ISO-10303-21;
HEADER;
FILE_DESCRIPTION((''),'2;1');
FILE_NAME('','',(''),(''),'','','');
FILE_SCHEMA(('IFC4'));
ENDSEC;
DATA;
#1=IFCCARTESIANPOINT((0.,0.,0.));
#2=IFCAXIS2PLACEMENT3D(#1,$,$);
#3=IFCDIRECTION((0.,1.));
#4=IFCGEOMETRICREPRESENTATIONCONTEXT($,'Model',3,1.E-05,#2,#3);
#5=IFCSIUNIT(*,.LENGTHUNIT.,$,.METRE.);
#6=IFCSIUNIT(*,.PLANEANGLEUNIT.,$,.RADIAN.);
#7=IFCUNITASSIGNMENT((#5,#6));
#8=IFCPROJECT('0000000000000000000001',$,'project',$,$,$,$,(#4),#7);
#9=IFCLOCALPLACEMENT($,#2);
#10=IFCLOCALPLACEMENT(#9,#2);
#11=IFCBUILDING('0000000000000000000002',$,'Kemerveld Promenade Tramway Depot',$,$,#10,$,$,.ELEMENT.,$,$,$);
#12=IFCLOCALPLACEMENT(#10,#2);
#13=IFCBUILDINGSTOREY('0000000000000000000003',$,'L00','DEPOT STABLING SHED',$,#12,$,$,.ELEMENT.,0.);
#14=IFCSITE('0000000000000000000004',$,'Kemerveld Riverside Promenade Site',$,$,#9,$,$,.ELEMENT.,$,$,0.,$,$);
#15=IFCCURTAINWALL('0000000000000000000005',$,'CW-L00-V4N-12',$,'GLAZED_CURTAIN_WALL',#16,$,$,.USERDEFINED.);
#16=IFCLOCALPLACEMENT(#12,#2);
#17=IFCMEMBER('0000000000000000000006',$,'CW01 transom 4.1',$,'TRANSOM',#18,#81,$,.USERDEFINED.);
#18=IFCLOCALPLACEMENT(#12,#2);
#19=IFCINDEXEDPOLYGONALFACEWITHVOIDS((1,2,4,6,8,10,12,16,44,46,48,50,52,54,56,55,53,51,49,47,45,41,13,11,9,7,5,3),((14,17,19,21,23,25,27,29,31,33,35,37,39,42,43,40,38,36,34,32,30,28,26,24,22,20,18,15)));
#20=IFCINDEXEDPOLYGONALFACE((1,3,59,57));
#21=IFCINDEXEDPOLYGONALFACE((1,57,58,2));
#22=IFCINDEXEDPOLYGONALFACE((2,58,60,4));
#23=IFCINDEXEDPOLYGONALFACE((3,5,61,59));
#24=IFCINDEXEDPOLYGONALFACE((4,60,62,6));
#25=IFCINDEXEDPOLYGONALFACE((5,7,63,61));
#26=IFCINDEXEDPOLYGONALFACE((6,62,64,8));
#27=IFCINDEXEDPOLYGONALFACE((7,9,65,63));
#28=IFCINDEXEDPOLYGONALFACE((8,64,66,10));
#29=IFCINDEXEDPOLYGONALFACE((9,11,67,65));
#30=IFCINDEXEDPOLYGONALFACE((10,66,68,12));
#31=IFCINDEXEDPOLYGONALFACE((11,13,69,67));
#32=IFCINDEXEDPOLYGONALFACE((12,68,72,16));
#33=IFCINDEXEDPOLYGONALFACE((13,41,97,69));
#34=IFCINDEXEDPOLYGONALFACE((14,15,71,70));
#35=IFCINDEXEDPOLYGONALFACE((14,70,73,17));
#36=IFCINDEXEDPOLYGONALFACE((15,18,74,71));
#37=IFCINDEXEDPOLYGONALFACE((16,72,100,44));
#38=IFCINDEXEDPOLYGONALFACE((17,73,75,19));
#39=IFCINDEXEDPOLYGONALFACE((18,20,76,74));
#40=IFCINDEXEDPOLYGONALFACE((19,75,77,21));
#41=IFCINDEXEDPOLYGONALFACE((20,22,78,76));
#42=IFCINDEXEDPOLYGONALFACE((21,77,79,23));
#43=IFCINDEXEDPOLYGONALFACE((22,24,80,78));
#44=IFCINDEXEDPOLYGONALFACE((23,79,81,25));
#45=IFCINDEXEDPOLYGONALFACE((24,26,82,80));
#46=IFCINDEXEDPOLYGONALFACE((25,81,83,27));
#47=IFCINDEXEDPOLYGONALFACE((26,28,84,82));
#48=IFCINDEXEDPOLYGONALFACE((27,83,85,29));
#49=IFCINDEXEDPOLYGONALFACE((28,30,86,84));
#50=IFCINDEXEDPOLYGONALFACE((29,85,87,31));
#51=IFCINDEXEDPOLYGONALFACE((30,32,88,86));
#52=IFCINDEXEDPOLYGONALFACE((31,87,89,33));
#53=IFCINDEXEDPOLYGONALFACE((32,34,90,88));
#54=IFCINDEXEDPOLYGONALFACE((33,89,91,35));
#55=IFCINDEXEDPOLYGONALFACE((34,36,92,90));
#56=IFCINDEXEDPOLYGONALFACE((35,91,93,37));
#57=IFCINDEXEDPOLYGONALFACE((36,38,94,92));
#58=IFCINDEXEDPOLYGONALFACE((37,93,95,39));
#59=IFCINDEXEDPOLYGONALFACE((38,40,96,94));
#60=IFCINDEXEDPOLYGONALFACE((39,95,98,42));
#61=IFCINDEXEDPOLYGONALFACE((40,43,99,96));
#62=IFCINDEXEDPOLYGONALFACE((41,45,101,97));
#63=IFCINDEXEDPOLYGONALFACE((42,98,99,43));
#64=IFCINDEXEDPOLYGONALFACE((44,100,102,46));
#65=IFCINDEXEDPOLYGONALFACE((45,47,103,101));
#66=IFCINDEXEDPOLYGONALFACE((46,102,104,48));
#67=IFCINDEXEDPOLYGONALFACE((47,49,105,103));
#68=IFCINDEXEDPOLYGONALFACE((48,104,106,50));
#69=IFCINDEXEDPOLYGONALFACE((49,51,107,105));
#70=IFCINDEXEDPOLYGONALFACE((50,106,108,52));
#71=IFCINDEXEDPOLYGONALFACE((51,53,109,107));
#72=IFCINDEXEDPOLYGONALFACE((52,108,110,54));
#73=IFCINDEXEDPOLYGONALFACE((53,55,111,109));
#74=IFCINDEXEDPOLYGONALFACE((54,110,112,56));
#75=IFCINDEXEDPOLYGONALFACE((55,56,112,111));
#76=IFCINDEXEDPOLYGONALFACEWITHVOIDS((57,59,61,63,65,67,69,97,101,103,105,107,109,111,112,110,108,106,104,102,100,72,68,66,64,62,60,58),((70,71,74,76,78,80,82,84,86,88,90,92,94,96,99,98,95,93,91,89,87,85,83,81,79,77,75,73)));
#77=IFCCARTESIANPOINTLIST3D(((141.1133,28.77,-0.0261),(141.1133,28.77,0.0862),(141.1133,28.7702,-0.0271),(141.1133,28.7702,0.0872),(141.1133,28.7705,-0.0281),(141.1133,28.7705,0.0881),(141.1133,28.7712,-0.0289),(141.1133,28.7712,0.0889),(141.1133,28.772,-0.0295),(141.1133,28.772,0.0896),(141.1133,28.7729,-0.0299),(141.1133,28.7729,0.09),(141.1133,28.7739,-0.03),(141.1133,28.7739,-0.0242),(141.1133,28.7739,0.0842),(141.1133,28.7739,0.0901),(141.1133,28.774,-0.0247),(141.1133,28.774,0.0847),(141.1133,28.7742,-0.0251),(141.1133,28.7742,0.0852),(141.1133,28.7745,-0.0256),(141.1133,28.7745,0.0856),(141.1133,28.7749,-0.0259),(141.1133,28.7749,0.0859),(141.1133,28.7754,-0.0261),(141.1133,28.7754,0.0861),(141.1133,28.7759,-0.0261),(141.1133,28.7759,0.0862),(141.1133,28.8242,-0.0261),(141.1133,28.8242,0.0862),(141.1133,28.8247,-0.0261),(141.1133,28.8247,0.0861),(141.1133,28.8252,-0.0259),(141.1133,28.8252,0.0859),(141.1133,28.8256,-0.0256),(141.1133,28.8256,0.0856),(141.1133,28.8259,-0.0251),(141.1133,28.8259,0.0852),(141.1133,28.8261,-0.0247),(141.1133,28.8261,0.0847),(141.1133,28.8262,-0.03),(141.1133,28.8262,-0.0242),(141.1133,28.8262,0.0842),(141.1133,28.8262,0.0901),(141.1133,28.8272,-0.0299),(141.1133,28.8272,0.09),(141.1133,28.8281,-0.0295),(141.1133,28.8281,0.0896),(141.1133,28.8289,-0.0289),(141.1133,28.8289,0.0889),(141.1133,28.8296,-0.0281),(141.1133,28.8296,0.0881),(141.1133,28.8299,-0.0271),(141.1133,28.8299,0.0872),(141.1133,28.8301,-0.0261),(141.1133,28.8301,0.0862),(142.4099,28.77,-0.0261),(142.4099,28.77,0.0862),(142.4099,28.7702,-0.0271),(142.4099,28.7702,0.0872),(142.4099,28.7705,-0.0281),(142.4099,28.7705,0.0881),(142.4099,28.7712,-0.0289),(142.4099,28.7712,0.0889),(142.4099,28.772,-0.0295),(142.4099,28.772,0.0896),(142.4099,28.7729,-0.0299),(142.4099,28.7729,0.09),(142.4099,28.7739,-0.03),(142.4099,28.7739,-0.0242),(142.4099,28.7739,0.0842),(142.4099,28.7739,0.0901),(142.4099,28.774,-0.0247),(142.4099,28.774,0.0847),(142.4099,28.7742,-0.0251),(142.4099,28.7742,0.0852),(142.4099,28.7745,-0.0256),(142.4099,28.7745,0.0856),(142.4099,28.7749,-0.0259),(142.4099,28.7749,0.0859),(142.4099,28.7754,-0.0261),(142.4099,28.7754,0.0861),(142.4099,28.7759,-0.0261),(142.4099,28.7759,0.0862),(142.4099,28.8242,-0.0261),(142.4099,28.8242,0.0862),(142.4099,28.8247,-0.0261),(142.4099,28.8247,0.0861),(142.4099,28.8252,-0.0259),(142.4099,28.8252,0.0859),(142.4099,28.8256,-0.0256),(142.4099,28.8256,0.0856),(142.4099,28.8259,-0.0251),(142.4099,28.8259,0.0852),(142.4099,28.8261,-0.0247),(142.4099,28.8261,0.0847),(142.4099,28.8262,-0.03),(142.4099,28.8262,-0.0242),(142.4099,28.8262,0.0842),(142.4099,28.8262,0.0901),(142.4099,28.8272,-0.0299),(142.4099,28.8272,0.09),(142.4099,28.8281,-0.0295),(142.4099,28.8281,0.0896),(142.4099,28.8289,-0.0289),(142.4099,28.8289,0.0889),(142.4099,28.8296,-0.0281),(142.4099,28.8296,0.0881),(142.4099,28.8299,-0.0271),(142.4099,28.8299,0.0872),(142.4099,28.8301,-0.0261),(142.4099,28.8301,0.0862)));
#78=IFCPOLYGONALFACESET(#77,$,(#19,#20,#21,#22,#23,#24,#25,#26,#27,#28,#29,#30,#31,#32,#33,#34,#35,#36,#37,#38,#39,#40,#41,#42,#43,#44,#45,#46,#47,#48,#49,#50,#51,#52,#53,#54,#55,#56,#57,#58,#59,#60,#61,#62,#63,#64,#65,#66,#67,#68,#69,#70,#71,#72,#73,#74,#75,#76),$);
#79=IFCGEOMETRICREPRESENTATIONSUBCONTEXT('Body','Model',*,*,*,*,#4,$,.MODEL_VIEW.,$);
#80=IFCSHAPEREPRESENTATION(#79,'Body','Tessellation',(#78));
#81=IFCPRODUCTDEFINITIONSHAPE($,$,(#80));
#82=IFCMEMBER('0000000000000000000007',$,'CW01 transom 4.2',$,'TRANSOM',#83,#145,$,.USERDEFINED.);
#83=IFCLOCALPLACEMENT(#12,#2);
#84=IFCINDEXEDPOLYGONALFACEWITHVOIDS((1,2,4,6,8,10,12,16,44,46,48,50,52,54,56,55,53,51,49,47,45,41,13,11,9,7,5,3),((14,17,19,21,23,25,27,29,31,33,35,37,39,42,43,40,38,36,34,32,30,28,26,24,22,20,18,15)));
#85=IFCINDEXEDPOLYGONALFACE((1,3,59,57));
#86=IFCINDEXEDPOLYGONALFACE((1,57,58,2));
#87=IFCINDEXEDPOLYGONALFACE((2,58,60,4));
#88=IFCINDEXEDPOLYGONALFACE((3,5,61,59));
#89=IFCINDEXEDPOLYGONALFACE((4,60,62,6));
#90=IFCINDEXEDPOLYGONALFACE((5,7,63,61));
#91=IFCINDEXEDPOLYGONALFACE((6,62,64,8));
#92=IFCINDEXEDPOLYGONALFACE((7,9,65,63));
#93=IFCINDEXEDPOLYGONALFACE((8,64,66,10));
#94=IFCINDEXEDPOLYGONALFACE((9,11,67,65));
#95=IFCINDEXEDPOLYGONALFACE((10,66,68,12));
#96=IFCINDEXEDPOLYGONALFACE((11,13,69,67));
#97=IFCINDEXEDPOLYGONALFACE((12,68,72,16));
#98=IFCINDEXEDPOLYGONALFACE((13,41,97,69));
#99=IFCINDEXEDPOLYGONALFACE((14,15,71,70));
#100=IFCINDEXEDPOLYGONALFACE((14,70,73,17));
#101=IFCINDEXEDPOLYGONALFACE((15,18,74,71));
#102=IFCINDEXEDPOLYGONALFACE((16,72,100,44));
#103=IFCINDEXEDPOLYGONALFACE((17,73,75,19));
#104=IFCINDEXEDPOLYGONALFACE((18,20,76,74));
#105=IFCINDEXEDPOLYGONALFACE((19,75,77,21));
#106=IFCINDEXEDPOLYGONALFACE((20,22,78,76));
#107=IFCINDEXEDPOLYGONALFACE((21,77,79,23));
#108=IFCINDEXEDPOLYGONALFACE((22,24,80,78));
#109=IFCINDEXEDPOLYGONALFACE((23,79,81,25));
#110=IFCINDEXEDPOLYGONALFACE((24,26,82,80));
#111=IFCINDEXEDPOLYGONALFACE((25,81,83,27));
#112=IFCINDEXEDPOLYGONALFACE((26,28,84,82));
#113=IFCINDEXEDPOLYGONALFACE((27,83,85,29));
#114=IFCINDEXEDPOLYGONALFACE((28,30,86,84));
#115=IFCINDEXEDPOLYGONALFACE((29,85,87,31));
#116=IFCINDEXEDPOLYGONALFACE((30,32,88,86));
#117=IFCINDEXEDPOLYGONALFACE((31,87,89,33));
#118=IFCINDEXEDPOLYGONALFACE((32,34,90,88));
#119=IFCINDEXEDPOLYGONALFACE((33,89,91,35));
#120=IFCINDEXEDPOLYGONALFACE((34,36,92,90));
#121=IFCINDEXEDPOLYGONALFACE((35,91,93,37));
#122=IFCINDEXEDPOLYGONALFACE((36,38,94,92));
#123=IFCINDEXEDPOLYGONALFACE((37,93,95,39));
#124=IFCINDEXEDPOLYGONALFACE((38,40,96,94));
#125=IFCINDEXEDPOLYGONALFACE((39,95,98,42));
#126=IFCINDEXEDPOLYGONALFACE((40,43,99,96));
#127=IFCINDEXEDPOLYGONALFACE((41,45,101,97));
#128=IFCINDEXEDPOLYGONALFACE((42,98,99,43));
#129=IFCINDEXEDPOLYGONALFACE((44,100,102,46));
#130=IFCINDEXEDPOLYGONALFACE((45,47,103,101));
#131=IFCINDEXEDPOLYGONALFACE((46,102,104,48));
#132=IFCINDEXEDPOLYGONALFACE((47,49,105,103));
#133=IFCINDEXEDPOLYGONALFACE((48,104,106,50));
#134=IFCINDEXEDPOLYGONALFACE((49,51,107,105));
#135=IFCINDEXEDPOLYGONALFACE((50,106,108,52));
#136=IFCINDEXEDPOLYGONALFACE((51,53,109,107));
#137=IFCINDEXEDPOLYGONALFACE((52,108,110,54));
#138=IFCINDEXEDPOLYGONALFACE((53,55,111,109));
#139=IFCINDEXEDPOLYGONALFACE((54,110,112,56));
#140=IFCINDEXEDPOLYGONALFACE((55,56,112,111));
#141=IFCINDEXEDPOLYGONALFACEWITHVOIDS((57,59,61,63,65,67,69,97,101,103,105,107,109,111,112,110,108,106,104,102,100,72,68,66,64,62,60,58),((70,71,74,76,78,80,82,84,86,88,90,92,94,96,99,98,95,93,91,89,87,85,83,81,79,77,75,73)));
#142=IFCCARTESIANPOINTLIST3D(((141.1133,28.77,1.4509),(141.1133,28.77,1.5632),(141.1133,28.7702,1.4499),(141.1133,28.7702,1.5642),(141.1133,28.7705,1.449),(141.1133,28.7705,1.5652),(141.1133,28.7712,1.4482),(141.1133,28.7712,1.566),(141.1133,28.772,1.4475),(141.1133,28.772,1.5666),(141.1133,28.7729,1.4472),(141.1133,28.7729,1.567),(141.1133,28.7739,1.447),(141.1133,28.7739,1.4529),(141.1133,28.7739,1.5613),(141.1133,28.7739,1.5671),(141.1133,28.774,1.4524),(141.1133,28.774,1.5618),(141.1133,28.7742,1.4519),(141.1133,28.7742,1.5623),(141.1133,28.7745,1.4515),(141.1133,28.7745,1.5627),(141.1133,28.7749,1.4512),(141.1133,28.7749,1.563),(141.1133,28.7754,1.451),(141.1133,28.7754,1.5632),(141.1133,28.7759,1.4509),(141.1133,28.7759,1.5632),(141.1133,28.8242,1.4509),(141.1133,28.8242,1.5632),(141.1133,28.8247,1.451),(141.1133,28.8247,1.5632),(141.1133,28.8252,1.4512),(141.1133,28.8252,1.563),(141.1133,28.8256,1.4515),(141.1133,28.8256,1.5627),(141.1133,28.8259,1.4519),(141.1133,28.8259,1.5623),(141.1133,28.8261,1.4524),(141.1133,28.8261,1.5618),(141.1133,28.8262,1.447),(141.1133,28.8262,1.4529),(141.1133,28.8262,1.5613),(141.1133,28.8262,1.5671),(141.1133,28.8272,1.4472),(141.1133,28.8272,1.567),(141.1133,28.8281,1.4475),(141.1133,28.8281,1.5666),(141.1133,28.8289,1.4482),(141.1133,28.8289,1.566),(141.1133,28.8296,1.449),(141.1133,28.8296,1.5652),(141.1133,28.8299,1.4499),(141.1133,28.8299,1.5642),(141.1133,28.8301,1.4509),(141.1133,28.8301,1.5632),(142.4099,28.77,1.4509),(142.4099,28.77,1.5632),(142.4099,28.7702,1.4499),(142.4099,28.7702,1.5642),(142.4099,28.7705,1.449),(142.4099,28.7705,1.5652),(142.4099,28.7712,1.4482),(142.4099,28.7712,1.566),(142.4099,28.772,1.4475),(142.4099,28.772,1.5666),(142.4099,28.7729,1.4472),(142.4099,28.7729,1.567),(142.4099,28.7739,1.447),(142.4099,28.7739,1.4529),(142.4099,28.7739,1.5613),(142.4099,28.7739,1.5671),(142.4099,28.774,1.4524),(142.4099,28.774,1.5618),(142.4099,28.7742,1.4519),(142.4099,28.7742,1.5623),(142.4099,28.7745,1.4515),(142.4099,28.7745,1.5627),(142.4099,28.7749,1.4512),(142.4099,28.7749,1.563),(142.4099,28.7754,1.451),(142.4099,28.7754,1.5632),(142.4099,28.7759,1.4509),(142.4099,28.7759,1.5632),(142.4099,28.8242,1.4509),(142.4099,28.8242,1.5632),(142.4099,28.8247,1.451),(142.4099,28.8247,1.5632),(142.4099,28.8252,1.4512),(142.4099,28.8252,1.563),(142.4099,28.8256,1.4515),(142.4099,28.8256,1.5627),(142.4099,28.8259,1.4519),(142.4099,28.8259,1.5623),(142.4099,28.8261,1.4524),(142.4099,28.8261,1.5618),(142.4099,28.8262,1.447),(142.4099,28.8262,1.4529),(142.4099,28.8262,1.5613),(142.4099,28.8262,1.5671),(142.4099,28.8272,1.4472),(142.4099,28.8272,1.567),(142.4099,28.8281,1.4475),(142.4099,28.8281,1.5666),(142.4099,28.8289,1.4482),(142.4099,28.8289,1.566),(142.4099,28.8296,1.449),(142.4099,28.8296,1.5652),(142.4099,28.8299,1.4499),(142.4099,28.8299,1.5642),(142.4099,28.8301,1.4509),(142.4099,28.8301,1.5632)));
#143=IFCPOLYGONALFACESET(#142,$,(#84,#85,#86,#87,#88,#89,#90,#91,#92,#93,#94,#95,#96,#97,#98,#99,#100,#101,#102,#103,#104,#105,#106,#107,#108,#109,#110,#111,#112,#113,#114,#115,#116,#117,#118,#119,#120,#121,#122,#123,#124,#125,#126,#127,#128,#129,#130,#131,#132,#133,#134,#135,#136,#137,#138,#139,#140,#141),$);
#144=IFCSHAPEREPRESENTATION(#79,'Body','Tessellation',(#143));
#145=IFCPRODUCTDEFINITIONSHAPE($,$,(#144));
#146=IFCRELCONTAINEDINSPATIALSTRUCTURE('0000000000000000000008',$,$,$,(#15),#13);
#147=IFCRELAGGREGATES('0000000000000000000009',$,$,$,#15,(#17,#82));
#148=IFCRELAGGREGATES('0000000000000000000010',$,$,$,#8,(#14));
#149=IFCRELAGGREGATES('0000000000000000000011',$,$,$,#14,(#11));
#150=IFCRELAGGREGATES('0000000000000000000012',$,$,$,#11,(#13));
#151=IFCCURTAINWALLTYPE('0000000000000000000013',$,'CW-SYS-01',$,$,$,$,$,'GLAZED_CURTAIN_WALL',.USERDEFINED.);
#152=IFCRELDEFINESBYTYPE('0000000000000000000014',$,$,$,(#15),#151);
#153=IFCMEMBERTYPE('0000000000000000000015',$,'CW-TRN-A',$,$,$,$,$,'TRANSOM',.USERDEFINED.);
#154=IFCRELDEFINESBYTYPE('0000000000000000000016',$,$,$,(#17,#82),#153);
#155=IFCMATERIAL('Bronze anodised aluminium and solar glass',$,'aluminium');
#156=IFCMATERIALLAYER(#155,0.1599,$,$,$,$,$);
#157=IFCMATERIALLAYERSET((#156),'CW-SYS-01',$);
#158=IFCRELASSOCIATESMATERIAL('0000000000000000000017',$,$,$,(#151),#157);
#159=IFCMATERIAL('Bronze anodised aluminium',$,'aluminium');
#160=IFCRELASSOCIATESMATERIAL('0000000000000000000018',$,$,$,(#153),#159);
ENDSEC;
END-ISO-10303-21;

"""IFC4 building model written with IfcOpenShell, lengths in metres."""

from ifc_helpers import new_model, si_unit, direction, frame, origin, origin_2d, place, context, subcontext, project, spatial, hollow_rectangle, extrude, material, layer, layer_set, material_profile, profile_set, type_object, element, aggregate, save


model = new_model("IFC4")

# Units and contexts
model_context = context("Model", 3, precision=1e-05, world=origin(), true_north=direction((0.0, 1.0)))
body_context = subcontext(model_context, "Body", "Model", "MODEL_VIEW")
ifc_project = project(units=[si_unit("LENGTHUNIT", "METRE"), si_unit("PLANEANGLEUNIT", "RADIAN")], contexts=[model_context])

# Site, building, storey
site_placement = place(None, origin())
site = spatial("IfcSite", under=ifc_project, at=site_placement, Name="Kemerveld Riverside Promenade Site", CompositionType="ELEMENT", RefElevation=0.0)
building_placement = place(site_placement, origin())
building = spatial("IfcBuilding", under=site, at=building_placement, Name="Kemerveld Promenade Tramway Depot", CompositionType="ELEMENT")
storey_placement = place(building_placement, origin())
storey = spatial("IfcBuildingStorey", under=building, at=storey_placement, Name="L00", Description="DEPOT STABLING SHED", CompositionType="ELEMENT", Elevation=0.0)

# Curtain wall, members
ifc_material_1 = material(Name="Bronze anodised aluminium and solar glass", Category="aluminium")
ifc_layer_1 = layer(ifc_material_1, 0.1599)
ifc_layer_set_1 = layer_set([ifc_layer_1], Name="CW-SYS-01")
curtain_wall_type = type_object("IfcCurtainWallType", Name="CW-SYS-01", ElementType="GLAZED_CURTAIN_WALL", PredefinedType="USERDEFINED", material=ifc_layer_set_1)
curtain_wall_placement = place(storey_placement, origin())
curtain_wall = element("IfcCurtainWall", 1, at=curtain_wall_placement, inside=storey, type_object=curtain_wall_type, Name="CW-L00-V4N-12", ObjectType="GLAZED_CURTAIN_WALL", PredefinedType="USERDEFINED")
ifc_material_2 = material(Name="Bronze anodised aluminium", Category="aluminium")
ifc_material_profile_1 = material_profile(ifc_material_2, hollow_rectangle(XDim=0.0601, YDim=0.1201, WallThickness=0.0039, InnerFilletRadius=0.002, OuterFilletRadius=0.0039, at=origin_2d()), Name="CW-TRN-120x60")
ifc_profile_set_1 = profile_set([ifc_material_profile_1], Name="Bronze anodised aluminium")
member_type_1 = type_object("IfcMemberType", Name="CW-TRN-A", ElementType="TRANSOM", PredefinedType="USERDEFINED", material=ifc_profile_set_1)
member_1_placement = place(storey_placement, frame((141.1133, 28.8, 0.03), z_axis=(1.0, 0.0, 0.0), x_axis=(0.0, 1.0, 0.0)))
member_1 = element("IfcMember", 2, at=member_1_placement, type_object=member_type_1, Name="CW01 transom 4.1", ObjectType="TRANSOM", PredefinedType="USERDEFINED", context=body_context, shape_type="SweptSolid", body=[
    extrude(hollow_rectangle(XDim=0.0601, YDim=0.1201, WallThickness=0.0039, InnerFilletRadius=0.002, OuterFilletRadius=0.0039, at=origin_2d()), origin(), (0.0, 0.0, 1.0), 1.2966),
])
member_2_placement = place(storey_placement, frame((141.1133, 28.8, 1.5071), z_axis=(1.0, 0.0, 0.0), x_axis=(0.0, 1.0, 0.0)))
member_2 = element("IfcMember", 3, at=member_2_placement, type_object=member_type_1, Name="CW01 transom 4.2", ObjectType="TRANSOM", PredefinedType="USERDEFINED", context=body_context, shape_type="SweptSolid", body=[
    extrude(hollow_rectangle(XDim=0.0601, YDim=0.1201, WallThickness=0.0039, InnerFilletRadius=0.002, OuterFilletRadius=0.0039, at=origin_2d()), origin(), (0.0, 0.0, 1.0), 1.2966),
])
aggregate(curtain_wall, [member_1, member_2])

save(model, "model.ifc")
